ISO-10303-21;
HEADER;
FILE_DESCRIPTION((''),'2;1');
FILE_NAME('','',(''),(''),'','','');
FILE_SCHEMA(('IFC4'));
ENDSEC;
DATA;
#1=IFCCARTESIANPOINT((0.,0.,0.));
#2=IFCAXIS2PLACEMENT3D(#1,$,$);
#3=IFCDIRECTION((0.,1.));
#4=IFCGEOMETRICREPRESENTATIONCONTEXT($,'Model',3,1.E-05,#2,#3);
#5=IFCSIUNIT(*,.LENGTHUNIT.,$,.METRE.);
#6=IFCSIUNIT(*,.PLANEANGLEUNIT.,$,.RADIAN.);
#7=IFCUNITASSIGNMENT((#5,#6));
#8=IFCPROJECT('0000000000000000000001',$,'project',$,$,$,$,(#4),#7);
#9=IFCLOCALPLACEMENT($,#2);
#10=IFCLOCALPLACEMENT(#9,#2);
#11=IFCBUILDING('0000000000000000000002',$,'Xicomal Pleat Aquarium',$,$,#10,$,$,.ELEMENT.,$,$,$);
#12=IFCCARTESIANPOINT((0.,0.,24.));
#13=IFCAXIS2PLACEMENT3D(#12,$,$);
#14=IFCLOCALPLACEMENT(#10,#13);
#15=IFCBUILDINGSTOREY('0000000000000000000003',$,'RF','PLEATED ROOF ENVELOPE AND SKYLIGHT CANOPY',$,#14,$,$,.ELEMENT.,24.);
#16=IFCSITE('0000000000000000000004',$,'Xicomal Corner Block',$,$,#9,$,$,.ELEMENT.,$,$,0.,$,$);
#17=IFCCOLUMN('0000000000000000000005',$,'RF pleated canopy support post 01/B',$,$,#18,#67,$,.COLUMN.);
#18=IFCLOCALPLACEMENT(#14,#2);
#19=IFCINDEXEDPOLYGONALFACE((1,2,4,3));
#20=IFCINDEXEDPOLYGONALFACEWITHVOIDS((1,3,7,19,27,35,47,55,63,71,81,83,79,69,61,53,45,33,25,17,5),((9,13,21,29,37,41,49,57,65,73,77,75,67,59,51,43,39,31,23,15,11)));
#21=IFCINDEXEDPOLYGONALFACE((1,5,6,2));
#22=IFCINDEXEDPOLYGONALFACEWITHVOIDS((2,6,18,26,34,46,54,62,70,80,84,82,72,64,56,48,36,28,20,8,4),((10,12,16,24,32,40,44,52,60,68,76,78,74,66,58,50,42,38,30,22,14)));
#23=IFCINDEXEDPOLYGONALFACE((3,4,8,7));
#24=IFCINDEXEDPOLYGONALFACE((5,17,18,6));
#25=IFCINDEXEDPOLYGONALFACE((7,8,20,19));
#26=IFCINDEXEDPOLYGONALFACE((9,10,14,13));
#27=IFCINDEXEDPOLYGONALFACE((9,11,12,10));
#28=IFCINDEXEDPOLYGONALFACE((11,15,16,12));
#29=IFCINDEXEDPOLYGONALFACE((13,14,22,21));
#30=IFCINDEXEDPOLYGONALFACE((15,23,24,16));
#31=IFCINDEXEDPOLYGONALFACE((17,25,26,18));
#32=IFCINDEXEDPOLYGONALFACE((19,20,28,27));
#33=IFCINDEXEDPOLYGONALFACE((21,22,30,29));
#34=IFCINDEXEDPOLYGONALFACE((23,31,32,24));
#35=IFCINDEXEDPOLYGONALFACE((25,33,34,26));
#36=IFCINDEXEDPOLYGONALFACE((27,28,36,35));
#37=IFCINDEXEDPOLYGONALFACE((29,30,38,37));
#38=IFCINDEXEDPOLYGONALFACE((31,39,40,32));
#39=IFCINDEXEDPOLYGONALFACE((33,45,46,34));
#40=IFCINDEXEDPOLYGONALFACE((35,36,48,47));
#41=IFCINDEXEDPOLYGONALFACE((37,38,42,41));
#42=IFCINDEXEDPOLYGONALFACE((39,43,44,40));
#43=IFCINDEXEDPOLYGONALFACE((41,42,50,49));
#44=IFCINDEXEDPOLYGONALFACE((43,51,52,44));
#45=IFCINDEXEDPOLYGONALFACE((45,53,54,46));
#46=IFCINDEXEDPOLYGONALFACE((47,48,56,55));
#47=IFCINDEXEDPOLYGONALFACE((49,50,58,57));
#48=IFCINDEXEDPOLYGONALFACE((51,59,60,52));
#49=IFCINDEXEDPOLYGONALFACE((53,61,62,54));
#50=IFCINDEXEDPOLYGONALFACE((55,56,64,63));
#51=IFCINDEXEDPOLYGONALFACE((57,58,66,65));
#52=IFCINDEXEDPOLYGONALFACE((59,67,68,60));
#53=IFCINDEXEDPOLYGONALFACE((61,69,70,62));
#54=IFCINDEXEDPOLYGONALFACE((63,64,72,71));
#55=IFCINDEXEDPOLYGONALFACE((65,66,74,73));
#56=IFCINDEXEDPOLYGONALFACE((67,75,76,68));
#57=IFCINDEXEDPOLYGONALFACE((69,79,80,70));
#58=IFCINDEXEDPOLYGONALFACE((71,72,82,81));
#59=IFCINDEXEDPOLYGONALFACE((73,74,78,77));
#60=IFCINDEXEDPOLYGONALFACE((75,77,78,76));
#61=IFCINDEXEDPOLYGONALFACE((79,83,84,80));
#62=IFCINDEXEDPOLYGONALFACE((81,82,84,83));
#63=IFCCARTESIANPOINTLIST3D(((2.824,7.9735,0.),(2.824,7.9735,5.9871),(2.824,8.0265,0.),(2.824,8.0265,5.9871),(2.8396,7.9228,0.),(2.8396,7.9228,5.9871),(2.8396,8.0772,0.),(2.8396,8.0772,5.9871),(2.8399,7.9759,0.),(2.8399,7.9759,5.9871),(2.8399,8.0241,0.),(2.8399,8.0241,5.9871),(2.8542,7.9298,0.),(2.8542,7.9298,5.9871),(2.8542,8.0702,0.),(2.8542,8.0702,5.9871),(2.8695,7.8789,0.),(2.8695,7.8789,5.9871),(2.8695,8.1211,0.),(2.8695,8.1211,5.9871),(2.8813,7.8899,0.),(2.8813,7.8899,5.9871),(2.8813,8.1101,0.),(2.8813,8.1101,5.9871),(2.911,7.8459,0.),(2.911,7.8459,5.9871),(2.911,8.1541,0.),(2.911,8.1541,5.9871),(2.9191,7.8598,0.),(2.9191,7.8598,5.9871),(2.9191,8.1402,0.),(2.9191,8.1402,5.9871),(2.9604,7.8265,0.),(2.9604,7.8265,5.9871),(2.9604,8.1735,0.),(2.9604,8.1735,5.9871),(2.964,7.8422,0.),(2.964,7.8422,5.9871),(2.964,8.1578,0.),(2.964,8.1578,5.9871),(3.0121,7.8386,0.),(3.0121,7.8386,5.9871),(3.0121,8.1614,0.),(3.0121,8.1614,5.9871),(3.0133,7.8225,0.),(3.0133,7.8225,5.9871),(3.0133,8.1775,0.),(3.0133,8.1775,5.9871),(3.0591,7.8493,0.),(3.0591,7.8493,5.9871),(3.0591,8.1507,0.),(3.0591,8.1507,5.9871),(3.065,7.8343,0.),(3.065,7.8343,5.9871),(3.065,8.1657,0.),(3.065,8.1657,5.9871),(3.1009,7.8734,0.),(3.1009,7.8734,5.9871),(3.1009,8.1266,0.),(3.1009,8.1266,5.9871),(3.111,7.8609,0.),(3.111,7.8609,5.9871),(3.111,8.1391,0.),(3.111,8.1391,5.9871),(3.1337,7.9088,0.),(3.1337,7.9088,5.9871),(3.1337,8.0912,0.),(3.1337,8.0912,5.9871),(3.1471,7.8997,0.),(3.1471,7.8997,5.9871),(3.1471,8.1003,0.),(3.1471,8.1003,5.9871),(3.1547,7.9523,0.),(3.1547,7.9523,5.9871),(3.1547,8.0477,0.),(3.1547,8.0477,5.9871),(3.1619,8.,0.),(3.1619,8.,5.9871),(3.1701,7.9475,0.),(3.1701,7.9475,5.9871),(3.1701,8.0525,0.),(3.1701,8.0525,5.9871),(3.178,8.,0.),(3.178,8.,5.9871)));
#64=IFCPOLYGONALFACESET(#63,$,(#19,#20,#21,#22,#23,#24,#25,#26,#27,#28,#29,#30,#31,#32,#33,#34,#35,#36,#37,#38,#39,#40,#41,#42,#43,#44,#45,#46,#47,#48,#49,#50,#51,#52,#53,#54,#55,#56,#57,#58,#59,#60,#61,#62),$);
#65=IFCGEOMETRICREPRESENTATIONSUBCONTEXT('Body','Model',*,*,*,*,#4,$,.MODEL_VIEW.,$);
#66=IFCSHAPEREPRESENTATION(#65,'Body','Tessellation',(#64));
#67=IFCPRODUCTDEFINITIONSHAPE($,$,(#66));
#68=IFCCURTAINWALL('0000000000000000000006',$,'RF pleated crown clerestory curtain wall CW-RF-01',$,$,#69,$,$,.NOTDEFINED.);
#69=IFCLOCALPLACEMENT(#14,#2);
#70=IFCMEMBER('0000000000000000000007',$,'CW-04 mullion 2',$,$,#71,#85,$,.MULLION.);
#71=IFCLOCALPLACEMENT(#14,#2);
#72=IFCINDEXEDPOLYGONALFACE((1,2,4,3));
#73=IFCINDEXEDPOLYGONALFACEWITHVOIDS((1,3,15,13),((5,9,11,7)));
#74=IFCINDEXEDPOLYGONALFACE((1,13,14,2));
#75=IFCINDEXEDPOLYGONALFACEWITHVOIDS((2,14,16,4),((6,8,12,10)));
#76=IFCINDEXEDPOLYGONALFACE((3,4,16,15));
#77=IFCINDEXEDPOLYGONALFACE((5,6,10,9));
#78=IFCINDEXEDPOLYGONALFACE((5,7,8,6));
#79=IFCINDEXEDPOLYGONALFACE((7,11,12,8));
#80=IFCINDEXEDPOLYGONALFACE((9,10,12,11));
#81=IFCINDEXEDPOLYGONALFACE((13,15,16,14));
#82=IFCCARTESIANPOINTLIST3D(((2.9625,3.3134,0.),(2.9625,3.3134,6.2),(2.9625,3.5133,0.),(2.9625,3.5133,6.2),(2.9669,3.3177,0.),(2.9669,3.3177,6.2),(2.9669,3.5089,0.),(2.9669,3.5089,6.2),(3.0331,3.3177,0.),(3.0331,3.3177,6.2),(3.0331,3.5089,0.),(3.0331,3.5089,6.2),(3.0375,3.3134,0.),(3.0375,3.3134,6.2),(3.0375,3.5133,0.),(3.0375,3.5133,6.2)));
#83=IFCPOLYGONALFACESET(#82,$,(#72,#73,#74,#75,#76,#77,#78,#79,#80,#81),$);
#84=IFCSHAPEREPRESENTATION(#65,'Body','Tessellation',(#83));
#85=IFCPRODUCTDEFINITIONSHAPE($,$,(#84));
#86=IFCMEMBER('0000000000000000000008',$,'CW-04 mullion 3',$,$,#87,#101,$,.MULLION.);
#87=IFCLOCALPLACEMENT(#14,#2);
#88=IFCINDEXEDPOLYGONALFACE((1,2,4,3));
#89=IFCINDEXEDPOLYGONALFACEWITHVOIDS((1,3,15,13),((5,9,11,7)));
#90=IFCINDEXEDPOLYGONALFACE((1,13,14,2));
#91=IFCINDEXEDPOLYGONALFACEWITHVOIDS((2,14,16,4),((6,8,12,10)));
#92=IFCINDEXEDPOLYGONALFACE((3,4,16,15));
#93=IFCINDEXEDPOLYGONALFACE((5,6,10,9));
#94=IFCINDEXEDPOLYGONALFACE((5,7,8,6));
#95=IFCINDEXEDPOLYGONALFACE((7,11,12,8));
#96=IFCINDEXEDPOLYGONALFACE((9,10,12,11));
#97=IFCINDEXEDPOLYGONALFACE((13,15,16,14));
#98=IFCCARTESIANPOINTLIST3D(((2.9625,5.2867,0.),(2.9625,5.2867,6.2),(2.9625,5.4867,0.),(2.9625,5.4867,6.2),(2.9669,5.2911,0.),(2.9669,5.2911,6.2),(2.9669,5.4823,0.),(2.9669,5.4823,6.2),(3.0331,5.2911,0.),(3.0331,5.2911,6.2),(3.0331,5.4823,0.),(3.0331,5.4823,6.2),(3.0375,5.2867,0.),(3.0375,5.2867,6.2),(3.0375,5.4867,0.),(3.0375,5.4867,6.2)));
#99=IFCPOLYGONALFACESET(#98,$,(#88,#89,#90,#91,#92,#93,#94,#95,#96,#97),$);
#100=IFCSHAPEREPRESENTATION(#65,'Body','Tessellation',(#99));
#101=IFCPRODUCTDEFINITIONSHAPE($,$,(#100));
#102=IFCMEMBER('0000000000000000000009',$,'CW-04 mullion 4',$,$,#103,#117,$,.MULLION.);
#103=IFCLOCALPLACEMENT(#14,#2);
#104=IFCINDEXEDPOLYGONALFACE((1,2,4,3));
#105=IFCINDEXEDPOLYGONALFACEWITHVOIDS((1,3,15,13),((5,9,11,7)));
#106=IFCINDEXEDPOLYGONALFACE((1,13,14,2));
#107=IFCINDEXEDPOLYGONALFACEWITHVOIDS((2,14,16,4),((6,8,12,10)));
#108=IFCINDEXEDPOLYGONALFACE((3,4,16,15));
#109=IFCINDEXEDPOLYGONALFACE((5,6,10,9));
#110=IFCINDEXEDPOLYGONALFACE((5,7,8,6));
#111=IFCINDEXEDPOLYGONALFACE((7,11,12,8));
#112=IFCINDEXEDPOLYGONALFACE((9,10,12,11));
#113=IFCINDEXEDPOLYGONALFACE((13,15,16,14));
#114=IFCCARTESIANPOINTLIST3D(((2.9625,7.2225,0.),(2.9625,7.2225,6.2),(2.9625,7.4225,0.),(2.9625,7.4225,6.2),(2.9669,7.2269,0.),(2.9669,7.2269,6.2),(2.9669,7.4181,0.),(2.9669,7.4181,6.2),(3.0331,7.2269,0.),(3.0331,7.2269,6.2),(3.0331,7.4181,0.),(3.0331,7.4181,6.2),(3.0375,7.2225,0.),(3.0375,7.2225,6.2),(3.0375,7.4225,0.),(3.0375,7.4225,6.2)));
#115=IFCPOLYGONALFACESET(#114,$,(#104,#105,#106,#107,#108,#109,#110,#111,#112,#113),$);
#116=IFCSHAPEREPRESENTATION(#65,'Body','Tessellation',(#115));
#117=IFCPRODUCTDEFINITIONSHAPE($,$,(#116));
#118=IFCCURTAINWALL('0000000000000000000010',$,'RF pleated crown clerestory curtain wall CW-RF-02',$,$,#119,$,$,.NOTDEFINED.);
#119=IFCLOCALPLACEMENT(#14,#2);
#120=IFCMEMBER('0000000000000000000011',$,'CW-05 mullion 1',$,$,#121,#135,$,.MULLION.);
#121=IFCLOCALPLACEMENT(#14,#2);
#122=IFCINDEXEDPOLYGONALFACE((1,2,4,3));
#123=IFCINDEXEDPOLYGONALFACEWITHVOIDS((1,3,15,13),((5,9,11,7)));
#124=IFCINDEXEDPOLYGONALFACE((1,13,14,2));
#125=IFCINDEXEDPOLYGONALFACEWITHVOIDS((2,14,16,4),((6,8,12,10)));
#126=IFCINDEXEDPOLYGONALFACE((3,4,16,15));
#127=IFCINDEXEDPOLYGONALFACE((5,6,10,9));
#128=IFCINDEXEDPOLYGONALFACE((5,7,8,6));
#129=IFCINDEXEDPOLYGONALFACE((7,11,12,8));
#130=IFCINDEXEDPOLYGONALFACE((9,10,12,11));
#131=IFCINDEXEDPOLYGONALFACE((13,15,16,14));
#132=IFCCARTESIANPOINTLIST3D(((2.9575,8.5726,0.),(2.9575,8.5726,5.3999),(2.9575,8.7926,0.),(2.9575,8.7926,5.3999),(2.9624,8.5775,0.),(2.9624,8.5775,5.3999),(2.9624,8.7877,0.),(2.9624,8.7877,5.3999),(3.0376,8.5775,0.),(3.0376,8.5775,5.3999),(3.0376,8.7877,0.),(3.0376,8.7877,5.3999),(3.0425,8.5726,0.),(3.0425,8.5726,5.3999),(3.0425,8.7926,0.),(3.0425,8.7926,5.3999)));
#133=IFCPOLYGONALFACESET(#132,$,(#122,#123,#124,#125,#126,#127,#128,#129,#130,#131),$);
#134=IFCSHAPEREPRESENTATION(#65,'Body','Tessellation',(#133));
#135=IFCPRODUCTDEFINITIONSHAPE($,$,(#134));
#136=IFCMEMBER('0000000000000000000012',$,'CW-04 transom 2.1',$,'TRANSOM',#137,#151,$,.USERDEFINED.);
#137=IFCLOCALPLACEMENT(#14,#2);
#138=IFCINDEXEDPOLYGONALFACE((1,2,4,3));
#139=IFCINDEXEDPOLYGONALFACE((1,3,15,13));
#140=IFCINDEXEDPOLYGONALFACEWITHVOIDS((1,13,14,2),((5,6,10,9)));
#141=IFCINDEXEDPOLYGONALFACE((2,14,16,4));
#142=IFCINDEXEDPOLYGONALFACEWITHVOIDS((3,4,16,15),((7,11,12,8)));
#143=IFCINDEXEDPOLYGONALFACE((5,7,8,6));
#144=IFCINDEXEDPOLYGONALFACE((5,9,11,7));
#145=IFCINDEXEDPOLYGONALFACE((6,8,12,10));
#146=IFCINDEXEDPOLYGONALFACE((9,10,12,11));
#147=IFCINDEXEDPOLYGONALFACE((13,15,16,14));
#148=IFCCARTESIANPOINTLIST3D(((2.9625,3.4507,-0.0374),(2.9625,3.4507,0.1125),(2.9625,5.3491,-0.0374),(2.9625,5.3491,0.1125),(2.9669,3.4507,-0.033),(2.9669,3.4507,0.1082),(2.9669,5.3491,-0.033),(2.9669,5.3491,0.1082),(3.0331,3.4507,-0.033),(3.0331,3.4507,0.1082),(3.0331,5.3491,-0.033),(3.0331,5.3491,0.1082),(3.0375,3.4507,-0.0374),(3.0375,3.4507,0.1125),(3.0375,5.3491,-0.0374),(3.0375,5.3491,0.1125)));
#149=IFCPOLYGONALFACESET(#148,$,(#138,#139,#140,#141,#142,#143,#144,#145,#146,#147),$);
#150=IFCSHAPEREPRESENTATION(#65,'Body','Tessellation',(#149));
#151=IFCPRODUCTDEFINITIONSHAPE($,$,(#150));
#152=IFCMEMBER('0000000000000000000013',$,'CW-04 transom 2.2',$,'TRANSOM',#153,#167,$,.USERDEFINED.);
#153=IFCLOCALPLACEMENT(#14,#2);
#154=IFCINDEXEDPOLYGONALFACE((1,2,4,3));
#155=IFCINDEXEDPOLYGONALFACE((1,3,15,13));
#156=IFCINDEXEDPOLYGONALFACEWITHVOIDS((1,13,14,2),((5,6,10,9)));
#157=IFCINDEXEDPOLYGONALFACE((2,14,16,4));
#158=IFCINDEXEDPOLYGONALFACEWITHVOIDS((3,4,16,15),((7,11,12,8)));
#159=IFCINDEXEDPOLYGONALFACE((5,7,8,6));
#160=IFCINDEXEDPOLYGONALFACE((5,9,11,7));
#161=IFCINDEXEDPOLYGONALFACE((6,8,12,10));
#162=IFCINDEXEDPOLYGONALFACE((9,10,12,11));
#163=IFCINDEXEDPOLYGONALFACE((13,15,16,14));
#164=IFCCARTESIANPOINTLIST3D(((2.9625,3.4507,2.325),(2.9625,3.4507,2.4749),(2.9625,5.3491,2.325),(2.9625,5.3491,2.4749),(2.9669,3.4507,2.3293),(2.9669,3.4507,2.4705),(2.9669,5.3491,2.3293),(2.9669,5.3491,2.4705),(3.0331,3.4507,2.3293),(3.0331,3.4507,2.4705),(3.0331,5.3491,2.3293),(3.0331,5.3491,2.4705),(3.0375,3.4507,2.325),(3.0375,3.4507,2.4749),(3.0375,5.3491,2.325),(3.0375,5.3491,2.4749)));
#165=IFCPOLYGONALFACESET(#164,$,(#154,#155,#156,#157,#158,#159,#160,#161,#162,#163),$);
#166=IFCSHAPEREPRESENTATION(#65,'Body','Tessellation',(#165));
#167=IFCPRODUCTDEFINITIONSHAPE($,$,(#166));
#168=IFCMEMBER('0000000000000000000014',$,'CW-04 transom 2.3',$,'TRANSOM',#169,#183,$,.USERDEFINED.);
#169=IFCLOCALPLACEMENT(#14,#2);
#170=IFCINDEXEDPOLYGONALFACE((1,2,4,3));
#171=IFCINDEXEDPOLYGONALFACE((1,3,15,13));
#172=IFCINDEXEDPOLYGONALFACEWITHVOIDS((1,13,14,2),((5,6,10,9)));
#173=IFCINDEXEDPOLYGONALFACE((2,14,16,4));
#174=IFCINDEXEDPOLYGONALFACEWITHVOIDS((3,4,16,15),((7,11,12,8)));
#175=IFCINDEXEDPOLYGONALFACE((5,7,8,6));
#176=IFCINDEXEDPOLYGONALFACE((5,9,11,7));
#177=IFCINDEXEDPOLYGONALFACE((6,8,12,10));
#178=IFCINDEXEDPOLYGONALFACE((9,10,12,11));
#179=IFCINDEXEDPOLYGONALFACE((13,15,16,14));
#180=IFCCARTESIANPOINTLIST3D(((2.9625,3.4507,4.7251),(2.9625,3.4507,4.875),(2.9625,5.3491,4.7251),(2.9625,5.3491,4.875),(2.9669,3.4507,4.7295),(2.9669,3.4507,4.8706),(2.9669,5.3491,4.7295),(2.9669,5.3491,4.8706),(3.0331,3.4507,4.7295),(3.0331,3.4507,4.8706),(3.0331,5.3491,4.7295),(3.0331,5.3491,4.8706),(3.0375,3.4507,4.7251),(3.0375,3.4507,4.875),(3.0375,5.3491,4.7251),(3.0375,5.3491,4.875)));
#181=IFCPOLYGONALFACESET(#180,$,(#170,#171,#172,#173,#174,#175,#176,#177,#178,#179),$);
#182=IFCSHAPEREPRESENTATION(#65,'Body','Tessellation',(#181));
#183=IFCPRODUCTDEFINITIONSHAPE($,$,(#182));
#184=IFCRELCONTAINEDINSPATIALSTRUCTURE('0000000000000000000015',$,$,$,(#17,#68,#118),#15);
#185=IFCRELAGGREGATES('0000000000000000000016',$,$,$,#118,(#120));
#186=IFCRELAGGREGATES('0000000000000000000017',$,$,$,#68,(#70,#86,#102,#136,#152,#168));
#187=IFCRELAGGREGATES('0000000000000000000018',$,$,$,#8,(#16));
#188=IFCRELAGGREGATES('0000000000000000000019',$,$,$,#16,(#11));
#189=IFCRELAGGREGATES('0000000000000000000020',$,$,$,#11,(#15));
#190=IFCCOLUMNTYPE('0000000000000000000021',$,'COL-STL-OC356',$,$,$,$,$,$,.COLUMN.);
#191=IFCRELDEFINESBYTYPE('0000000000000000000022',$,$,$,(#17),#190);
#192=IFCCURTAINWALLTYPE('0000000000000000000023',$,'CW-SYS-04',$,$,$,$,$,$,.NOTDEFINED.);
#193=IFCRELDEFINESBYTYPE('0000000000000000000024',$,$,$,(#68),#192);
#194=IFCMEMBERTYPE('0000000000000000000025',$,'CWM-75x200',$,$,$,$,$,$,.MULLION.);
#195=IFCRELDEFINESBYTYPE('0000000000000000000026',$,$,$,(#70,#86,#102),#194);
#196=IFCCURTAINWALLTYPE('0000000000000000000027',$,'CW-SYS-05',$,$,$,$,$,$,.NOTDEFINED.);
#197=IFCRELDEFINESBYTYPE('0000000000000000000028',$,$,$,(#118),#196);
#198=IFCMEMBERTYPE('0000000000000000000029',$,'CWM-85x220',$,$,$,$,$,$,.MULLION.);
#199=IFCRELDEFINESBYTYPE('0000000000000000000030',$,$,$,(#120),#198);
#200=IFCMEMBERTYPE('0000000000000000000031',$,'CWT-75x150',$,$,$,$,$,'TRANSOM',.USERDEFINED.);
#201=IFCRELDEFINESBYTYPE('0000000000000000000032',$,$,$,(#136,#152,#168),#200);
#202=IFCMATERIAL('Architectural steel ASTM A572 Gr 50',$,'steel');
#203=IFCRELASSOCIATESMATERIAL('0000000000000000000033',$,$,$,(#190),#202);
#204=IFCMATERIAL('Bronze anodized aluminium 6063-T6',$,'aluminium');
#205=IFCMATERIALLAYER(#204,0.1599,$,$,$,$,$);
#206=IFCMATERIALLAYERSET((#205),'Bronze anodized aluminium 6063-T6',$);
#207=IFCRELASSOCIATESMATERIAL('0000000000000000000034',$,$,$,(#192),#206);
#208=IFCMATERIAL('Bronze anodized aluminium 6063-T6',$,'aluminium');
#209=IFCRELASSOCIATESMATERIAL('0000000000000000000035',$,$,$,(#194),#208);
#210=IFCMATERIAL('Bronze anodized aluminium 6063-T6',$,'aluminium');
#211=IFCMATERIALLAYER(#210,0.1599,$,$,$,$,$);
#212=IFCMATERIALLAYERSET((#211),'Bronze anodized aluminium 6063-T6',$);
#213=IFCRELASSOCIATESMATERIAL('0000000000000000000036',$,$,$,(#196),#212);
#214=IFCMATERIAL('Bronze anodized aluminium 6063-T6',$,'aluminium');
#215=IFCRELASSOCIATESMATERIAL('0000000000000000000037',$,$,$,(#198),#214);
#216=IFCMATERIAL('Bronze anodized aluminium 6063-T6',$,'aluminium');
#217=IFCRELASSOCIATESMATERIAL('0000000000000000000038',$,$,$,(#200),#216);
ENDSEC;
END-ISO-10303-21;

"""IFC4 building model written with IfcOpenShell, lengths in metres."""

from ifc_helpers import new_model, si_unit, direction, frame, origin, origin_2d, place, context, subcontext, project, spatial, hollow_rectangle, hollow_circle, extrude, material, layer, layer_set, material_profile, profile_set, type_object, element, aggregate, save


model = new_model("IFC4")

# Units and contexts
model_context = context("Model", 3, precision=1e-05, world=origin(), true_north=direction((0.0, 1.0)))
body_context = subcontext(model_context, "Body", "Model", "MODEL_VIEW")
ifc_project = project(units=[si_unit("LENGTHUNIT", "METRE"), si_unit("PLANEANGLEUNIT", "RADIAN")], contexts=[model_context])

# Site, building, storey
site_placement = place(None, origin())
site = spatial("IfcSite", under=ifc_project, at=site_placement, Name="Xicomal Corner Block", CompositionType="ELEMENT", RefElevation=0.0)
building_placement = place(site_placement, origin())
building = spatial("IfcBuilding", under=site, at=building_placement, Name="Xicomal Pleat Aquarium", CompositionType="ELEMENT")
storey_placement = place(building_placement, frame((0.0, 0.0, 24.0)))
storey = spatial("IfcBuildingStorey", under=building, at=storey_placement, Name="RF", Description="PLEATED ROOF ENVELOPE AND SKYLIGHT CANOPY", CompositionType="ELEMENT", Elevation=24.0)

# Column
ifc_material_1 = material(Name="Architectural steel ASTM A572 Gr 50", Category="steel")
ifc_material_profile_1 = material_profile(ifc_material_1, hollow_circle(Radius=0.178, WallThickness=0.0161, at=origin_2d()), Name="OC 356x16")
ifc_profile_set_1 = profile_set([ifc_material_profile_1], Name="Architectural steel ASTM A572 Gr 50")
column_type = type_object("IfcColumnType", Name="COL-STL-OC356", PredefinedType="COLUMN", material=ifc_profile_set_1)
column_placement = place(storey_placement, frame((3.0, 8.0, 0.0), z_axis=(0.0, 0.0, 1.0), x_axis=(1.0, 0.0, 0.0)))
element("IfcColumn", 1, at=column_placement, inside=storey, type_object=column_type, Name="RF pleated canopy support post 01/B", PredefinedType="COLUMN", context=body_context, shape_type="SweptSolid", body=[
    extrude(hollow_circle(Radius=0.178, WallThickness=0.0161, at=origin_2d()), origin(), (0.0, 0.0, 1.0), 5.9871),
])

# Curtain wall, members
ifc_material_2 = material(Name="Bronze anodized aluminium 6063-T6", Category="aluminium")
ifc_layer_1 = layer(ifc_material_2, 0.1599)
ifc_layer_set_1 = layer_set([ifc_layer_1], Name="Bronze anodized aluminium 6063-T6")
curtain_wall_type_1 = type_object("IfcCurtainWallType", Name="CW-SYS-04", PredefinedType="NOTDEFINED", material=ifc_layer_set_1)
curtain_wall_1_placement = place(storey_placement, origin())
curtain_wall_1 = element("IfcCurtainWall", 2, at=curtain_wall_1_placement, inside=storey, type_object=curtain_wall_type_1, Name="RF pleated crown clerestory curtain wall CW-RF-01", PredefinedType="NOTDEFINED")
ifc_material_3 = material(Name="Bronze anodized aluminium 6063-T6", Category="aluminium")
ifc_material_profile_2 = material_profile(ifc_material_3, hollow_rectangle(XDim=0.075, YDim=0.2, WallThickness=0.0044, at=origin_2d()), Name="ALU MULL 75x200")
ifc_profile_set_2 = profile_set([ifc_material_profile_2], Name="Bronze anodized aluminium 6063-T6")
member_type_1 = type_object("IfcMemberType", Name="CWM-75x200", PredefinedType="MULLION", material=ifc_profile_set_2)
member_1_placement = place(storey_placement, frame((3.0, 3.4133, 0.0), z_axis=(0.0, 0.0, 1.0), x_axis=(-1.0, 0.0, 0.0)))
member_1 = element("IfcMember", 3, at=member_1_placement, type_object=member_type_1, Name="CW-04 mullion 2", PredefinedType="MULLION", context=body_context, shape_type="SweptSolid", body=[
    extrude(hollow_rectangle(XDim=0.075, YDim=0.2, WallThickness=0.0044, at=origin_2d()), origin(), (0.0, 0.0, 1.0), 6.2),
])
member_2_placement = place(storey_placement, frame((3.0, 5.3867, 0.0), z_axis=(0.0, 0.0, 1.0), x_axis=(-1.0, 0.0, 0.0)))
member_2 = element("IfcMember", 4, at=member_2_placement, type_object=member_type_1, Name="CW-04 mullion 3", PredefinedType="MULLION", context=body_context, shape_type="SweptSolid", body=[
    extrude(hollow_rectangle(XDim=0.075, YDim=0.2, WallThickness=0.0044, at=origin_2d()), origin(), (0.0, 0.0, 1.0), 6.2),
])
member_3_placement = place(storey_placement, frame((3.0, 7.3225, 0.0), z_axis=(0.0, 0.0, 1.0), x_axis=(-1.0, 0.0, 0.0)))
member_3 = element("IfcMember", 5, at=member_3_placement, type_object=member_type_1, Name="CW-04 mullion 4", PredefinedType="MULLION", context=body_context, shape_type="SweptSolid", body=[
    extrude(hollow_rectangle(XDim=0.075, YDim=0.2, WallThickness=0.0044, at=origin_2d()), origin(), (0.0, 0.0, 1.0), 6.2),
])

# Curtain wall, member
ifc_material_4 = material(Name="Bronze anodized aluminium 6063-T6", Category="aluminium")
ifc_layer_2 = layer(ifc_material_4, 0.1599)
ifc_layer_set_2 = layer_set([ifc_layer_2], Name="Bronze anodized aluminium 6063-T6")
curtain_wall_type_2 = type_object("IfcCurtainWallType", Name="CW-SYS-05", PredefinedType="NOTDEFINED", material=ifc_layer_set_2)
curtain_wall_2_placement = place(storey_placement, origin())
curtain_wall_2 = element("IfcCurtainWall", 6, at=curtain_wall_2_placement, inside=storey, type_object=curtain_wall_type_2, Name="RF pleated crown clerestory curtain wall CW-RF-02", PredefinedType="NOTDEFINED")
ifc_material_5 = material(Name="Bronze anodized aluminium 6063-T6", Category="aluminium")
ifc_material_profile_3 = material_profile(ifc_material_5, hollow_rectangle(XDim=0.085, YDim=0.22, WallThickness=0.0049, at=origin_2d()), Name="ALU MULL 85x220")
ifc_profile_set_3 = profile_set([ifc_material_profile_3], Name="Bronze anodized aluminium 6063-T6")
member_type_2 = type_object("IfcMemberType", Name="CWM-85x220", PredefinedType="MULLION", material=ifc_profile_set_3)
member_4_placement = place(storey_placement, frame((3.0, 8.6826, 0.0), z_axis=(0.0, 0.0, 1.0), x_axis=(-1.0, 0.0, 0.0)))
member_4 = element("IfcMember", 7, at=member_4_placement, type_object=member_type_2, Name="CW-05 mullion 1", PredefinedType="MULLION", context=body_context, shape_type="SweptSolid", body=[
    extrude(hollow_rectangle(XDim=0.085, YDim=0.22, WallThickness=0.0049, at=origin_2d()), origin(), (0.0, 0.0, 1.0), 5.3999),
])

# Members
ifc_material_6 = material(Name="Bronze anodized aluminium 6063-T6", Category="aluminium")
ifc_material_profile_4 = material_profile(ifc_material_6, hollow_rectangle(XDim=0.075, YDim=0.1499, WallThickness=0.0044, at=origin_2d()), Name="ALU TRAN 75x150")
ifc_profile_set_4 = profile_set([ifc_material_profile_4], Name="Bronze anodized aluminium 6063-T6")
member_type_3 = type_object("IfcMemberType", Name="CWT-75x150", ElementType="TRANSOM", PredefinedType="USERDEFINED", material=ifc_profile_set_4)
member_5_placement = place(storey_placement, frame((3.0, 3.4507, 0.0376), z_axis=(0.0, 1.0, 0.0), x_axis=(-1.0, 0.0, 0.0)))
member_5 = element("IfcMember", 8, at=member_5_placement, type_object=member_type_3, Name="CW-04 transom 2.1", ObjectType="TRANSOM", PredefinedType="USERDEFINED", context=body_context, shape_type="SweptSolid", body=[
    extrude(hollow_rectangle(XDim=0.075, YDim=0.1499, WallThickness=0.0044, at=origin_2d()), origin(), (0.0, 0.0, 1.0), 1.8984),
])
member_6_placement = place(storey_placement, frame((3.0, 3.4507, 2.3999), z_axis=(0.0, 1.0, 0.0), x_axis=(-1.0, 0.0, 0.0)))
member_6 = element("IfcMember", 9, at=member_6_placement, type_object=member_type_3, Name="CW-04 transom 2.2", ObjectType="TRANSOM", PredefinedType="USERDEFINED", context=body_context, shape_type="SweptSolid", body=[
    extrude(hollow_rectangle(XDim=0.075, YDim=0.1499, WallThickness=0.0044, at=origin_2d()), origin(), (0.0, 0.0, 1.0), 1.8984),
])
member_7_placement = place(storey_placement, frame((3.0, 3.4507, 4.8), z_axis=(0.0, 1.0, 0.0), x_axis=(-1.0, 0.0, 0.0)))
member_7 = element("IfcMember", 10, at=member_7_placement, type_object=member_type_3, Name="CW-04 transom 2.3", ObjectType="TRANSOM", PredefinedType="USERDEFINED", context=body_context, shape_type="SweptSolid", body=[
    extrude(hollow_rectangle(XDim=0.075, YDim=0.1499, WallThickness=0.0044, at=origin_2d()), origin(), (0.0, 0.0, 1.0), 1.8984),
])
aggregate(curtain_wall_2, [member_4])

aggregate(curtain_wall_1, [member_1, member_2, member_3, member_5, member_6, member_7])

save(model, "model.ifc")
